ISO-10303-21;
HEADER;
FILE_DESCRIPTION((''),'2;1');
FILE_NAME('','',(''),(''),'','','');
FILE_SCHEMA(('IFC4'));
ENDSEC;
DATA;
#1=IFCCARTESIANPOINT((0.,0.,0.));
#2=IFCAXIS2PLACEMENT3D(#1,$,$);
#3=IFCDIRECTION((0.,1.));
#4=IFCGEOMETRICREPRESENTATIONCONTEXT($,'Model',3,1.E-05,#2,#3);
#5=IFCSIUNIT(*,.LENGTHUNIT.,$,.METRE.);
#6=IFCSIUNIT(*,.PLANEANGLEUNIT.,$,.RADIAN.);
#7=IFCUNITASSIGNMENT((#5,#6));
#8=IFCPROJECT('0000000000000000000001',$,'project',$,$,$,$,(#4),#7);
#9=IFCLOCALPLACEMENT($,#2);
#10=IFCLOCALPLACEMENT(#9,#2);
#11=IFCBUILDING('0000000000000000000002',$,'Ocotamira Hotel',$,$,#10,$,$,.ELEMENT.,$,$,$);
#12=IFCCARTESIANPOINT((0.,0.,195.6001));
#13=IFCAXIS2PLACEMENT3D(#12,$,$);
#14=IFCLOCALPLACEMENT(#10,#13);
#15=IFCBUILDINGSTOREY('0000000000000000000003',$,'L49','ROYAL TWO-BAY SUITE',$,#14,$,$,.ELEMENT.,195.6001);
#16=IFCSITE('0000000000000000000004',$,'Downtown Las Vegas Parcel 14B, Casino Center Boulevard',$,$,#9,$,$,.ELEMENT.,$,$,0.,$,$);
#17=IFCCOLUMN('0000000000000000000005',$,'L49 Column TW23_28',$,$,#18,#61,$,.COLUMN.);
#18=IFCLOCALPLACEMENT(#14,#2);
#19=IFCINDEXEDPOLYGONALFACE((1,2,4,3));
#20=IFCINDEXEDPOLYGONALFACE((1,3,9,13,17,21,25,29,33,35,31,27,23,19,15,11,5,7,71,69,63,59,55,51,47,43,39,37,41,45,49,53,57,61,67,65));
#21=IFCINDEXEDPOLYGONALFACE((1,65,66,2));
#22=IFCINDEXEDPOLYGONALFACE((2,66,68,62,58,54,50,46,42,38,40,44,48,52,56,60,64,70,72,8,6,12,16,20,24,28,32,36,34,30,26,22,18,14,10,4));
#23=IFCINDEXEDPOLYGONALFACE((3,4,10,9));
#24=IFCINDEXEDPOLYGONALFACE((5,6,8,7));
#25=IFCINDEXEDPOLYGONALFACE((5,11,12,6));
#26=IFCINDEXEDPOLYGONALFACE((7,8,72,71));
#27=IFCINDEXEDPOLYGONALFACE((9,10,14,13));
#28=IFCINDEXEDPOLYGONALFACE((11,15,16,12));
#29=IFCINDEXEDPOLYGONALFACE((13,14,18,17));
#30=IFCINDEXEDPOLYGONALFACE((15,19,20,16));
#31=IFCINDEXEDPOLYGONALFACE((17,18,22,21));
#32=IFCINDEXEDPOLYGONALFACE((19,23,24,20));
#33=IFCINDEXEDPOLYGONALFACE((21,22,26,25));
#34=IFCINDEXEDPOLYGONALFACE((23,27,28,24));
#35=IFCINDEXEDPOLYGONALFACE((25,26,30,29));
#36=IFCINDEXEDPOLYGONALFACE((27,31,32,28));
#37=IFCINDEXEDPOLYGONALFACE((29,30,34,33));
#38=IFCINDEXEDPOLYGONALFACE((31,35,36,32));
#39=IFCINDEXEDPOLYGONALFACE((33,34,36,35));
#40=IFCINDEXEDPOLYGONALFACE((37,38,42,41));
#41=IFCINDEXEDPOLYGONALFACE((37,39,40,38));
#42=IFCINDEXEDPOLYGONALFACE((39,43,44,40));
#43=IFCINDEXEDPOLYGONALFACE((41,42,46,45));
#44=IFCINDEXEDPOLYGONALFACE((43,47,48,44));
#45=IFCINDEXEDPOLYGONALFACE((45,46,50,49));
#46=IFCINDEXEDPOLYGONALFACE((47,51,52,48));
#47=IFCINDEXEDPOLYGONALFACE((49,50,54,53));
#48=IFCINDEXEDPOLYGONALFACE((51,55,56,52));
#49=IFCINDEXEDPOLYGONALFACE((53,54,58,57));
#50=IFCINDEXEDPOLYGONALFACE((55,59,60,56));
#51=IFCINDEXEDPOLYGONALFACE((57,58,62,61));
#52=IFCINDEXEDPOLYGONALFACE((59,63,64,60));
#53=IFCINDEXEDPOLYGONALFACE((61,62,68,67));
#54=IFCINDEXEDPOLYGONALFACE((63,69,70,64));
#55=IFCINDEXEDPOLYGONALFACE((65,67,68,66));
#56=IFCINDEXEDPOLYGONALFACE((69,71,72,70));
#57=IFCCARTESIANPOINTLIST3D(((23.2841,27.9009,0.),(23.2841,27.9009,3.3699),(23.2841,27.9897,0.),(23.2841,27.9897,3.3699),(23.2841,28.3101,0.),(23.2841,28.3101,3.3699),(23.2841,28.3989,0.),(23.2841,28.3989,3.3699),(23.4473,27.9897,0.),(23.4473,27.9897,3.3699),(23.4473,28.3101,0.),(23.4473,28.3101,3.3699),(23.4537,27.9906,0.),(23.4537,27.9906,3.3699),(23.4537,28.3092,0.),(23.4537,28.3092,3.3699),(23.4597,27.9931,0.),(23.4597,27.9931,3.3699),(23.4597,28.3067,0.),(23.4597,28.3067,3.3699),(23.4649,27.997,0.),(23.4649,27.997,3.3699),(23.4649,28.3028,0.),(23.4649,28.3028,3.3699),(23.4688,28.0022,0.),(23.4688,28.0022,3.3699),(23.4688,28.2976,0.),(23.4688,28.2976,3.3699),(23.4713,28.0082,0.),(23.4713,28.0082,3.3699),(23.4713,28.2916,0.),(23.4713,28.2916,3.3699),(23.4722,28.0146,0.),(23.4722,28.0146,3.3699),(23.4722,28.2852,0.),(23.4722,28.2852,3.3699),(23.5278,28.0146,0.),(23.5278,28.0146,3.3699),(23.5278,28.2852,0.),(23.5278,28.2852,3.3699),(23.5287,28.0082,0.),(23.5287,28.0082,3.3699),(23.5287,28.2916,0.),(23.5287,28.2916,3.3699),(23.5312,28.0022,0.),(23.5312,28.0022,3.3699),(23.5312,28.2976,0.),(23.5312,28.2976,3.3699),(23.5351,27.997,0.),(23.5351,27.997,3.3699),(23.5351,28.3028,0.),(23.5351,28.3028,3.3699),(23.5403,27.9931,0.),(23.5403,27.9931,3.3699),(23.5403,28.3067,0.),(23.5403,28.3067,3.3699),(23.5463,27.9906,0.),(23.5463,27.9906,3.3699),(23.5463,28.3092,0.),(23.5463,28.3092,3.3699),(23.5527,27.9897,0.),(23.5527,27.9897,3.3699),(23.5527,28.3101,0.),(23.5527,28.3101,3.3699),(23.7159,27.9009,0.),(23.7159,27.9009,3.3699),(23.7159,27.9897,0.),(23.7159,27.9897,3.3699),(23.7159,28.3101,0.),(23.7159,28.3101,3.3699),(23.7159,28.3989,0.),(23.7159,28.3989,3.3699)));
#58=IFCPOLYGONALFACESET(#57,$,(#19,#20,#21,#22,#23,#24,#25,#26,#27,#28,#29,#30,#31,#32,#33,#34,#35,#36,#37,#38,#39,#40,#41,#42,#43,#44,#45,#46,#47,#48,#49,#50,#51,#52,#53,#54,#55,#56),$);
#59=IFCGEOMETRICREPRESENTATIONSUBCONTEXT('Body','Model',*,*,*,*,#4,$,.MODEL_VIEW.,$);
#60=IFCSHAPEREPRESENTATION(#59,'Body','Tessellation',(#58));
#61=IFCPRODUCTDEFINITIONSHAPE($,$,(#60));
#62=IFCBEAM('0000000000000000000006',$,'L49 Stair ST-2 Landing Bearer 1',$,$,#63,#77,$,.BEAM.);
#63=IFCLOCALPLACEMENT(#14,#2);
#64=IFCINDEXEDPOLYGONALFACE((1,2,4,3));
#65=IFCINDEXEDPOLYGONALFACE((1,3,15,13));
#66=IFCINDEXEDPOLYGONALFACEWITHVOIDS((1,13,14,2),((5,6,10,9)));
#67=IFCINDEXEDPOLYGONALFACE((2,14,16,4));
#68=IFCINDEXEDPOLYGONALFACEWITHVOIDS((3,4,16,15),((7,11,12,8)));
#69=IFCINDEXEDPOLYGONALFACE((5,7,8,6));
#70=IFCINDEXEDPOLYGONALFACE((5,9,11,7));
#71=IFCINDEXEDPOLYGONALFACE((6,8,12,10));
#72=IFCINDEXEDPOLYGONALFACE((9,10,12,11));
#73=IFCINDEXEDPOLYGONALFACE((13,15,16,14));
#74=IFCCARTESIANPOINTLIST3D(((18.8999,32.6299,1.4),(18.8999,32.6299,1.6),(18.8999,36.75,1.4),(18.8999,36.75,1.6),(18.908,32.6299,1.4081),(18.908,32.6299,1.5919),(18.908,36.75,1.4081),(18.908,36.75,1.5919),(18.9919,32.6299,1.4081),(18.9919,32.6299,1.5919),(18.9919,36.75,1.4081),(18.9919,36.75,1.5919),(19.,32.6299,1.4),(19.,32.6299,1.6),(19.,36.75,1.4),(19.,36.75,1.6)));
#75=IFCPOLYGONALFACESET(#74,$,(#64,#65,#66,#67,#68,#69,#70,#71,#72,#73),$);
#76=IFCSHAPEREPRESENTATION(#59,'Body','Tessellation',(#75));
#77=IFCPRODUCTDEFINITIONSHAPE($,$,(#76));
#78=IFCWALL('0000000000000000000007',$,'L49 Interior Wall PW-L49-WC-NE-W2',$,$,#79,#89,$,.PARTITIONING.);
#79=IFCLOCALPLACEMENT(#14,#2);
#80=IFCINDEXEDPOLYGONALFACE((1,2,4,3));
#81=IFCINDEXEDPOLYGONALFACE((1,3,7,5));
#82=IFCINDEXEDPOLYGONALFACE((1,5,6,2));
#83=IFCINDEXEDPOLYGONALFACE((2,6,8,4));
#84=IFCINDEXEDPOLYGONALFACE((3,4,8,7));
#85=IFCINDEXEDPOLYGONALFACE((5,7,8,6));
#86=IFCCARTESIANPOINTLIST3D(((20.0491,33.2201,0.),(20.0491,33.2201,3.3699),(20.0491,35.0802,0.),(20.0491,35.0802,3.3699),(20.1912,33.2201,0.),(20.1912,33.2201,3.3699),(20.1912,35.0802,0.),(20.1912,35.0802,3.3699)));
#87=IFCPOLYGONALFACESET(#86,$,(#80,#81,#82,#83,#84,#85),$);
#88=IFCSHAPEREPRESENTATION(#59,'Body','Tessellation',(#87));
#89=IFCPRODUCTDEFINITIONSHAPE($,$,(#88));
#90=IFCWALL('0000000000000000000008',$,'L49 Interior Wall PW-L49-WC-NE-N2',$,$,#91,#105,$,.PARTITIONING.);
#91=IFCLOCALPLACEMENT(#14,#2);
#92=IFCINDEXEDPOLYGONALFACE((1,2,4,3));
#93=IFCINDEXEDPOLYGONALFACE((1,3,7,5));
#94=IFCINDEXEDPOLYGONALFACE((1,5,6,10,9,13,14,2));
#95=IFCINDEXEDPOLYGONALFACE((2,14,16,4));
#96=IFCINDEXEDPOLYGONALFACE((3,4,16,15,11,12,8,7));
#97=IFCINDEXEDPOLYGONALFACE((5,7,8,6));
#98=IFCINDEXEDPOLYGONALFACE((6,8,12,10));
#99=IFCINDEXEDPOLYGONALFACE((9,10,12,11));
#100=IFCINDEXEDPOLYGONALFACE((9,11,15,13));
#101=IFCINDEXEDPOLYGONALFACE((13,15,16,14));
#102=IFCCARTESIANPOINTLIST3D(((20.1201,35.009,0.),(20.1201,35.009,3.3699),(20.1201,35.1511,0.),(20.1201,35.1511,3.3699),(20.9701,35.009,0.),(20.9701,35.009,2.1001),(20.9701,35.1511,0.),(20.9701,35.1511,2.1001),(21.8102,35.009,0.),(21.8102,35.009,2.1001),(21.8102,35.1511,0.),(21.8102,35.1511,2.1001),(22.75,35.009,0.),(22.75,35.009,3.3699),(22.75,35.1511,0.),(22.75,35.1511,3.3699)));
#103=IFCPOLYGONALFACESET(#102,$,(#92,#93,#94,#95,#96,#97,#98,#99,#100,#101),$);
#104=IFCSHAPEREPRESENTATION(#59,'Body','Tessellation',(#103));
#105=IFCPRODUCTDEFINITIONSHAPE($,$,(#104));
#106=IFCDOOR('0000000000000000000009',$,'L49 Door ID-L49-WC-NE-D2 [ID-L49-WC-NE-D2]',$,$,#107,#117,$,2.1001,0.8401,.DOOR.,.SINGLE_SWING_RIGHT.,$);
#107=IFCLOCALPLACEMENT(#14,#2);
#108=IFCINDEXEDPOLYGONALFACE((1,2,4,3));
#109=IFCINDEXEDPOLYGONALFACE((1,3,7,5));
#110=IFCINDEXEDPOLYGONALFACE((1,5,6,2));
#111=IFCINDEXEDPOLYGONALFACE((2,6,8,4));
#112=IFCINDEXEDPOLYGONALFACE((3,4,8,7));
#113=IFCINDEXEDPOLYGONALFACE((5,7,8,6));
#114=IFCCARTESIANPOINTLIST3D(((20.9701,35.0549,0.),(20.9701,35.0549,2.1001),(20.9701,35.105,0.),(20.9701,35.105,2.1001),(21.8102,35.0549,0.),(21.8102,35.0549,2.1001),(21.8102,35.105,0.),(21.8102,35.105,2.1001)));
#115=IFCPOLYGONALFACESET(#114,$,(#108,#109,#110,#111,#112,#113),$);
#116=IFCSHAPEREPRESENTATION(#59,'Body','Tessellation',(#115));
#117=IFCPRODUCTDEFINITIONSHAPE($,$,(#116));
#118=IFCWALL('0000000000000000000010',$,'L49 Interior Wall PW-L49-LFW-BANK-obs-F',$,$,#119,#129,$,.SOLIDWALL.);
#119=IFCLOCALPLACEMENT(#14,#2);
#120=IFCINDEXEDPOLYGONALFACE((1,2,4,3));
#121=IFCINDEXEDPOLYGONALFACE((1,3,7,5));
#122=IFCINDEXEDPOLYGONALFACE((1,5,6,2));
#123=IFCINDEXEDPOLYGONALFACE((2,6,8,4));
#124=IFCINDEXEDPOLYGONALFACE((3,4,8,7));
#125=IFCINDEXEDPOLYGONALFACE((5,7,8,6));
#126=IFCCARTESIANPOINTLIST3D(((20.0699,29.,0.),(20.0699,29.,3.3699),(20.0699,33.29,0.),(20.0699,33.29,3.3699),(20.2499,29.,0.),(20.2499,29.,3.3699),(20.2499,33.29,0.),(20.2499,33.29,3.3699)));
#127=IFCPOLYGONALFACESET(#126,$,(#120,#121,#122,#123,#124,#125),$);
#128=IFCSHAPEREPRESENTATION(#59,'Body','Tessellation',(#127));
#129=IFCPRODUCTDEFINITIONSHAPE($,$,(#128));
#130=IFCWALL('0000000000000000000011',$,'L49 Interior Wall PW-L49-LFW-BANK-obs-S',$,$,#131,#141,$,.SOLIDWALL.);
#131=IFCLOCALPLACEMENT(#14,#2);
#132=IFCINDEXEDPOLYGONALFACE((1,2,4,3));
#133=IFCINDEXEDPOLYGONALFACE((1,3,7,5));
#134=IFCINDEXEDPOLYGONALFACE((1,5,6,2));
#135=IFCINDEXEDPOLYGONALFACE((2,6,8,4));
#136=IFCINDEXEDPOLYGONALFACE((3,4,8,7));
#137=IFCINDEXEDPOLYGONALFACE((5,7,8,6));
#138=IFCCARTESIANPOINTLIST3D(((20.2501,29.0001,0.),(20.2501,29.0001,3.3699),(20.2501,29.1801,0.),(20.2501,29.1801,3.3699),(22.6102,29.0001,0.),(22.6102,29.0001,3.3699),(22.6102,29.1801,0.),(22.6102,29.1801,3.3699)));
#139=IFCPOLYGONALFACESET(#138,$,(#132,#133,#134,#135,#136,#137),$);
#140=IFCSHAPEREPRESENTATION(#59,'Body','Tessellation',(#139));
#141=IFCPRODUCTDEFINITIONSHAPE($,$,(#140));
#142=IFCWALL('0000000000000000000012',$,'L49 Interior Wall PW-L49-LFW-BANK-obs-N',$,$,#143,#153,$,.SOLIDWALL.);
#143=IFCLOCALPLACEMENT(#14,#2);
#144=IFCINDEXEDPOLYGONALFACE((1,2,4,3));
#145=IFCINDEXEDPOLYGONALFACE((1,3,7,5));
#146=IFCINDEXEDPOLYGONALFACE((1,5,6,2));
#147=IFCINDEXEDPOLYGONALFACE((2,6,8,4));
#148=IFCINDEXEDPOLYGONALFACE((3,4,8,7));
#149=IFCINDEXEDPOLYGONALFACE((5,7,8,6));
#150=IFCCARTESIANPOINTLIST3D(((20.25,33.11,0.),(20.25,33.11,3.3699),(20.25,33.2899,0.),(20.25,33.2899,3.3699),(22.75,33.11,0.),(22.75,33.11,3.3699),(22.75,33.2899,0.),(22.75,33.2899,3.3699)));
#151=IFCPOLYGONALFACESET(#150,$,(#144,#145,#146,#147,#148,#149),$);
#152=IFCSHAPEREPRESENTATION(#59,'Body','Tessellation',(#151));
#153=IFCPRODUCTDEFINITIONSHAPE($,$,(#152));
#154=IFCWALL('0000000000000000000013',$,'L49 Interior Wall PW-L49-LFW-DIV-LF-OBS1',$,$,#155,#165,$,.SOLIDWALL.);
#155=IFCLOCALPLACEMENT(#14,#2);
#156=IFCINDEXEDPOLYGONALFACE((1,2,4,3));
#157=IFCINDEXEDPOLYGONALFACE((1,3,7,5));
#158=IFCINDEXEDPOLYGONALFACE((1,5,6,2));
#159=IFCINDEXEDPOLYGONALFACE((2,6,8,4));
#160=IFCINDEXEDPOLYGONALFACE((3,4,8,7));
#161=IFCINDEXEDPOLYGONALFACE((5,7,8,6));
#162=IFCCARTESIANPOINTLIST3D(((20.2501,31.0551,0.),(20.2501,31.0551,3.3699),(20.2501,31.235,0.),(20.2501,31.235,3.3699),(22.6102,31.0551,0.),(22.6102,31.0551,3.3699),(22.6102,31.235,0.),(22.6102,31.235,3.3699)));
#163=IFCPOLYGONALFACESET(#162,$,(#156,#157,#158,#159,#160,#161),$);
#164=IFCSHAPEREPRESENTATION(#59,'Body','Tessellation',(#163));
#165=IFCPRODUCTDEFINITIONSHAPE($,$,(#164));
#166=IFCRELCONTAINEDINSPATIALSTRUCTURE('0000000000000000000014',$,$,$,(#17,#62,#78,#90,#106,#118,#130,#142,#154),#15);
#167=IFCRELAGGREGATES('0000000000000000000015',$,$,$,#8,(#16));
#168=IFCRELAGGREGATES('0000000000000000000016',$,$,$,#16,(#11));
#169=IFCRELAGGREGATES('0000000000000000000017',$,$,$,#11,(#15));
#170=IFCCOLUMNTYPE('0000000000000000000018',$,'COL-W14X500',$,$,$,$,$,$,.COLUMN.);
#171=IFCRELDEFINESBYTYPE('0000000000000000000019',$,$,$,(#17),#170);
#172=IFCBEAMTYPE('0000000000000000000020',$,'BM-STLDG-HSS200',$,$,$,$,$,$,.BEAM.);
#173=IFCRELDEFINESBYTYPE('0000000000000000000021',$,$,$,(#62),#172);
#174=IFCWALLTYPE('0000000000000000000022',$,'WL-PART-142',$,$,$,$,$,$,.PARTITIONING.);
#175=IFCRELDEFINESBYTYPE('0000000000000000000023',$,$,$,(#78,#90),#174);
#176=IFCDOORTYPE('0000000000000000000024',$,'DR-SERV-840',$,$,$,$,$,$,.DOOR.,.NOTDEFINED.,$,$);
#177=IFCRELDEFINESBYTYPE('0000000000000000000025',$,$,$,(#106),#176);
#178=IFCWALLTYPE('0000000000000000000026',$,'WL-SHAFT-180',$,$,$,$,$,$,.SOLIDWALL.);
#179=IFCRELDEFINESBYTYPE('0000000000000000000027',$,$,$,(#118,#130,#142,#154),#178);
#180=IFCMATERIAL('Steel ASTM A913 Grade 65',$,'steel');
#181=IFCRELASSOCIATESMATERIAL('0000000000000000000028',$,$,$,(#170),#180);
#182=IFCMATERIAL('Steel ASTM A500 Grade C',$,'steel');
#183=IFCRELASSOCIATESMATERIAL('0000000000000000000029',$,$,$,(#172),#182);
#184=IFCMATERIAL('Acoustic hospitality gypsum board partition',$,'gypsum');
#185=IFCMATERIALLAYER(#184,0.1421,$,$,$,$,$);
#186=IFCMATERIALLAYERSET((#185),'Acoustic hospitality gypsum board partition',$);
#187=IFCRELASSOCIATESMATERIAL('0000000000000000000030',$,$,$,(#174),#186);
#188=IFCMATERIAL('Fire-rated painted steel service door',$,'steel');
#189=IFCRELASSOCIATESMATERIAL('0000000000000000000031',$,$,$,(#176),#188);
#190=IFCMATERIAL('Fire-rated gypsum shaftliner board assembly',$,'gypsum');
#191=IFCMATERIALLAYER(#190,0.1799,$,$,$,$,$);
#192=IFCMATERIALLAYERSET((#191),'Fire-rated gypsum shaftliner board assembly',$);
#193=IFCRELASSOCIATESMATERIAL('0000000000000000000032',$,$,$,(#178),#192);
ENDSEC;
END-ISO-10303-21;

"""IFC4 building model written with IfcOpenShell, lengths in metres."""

from ifc_helpers import new_model, si_unit, direction, frame, frame_2d, origin, origin_2d, place, context, subcontext, project, spatial, rectangle, hollow_rectangle, i_section, extrude, source, transform, mapped, material, layer, layer_set, material_profile, profile_set, type_object, element, fill, save


model = new_model("IFC4")

# Units and contexts
model_context = context("Model", 3, precision=1e-05, world=origin(), true_north=direction((0.0, 1.0)))
body_context = subcontext(model_context, "Body", "Model", "MODEL_VIEW")
ifc_project = project(units=[si_unit("LENGTHUNIT", "METRE"), si_unit("PLANEANGLEUNIT", "RADIAN")], contexts=[model_context])

# Site, building, storey
site_placement = place(None, origin())
site = spatial("IfcSite", under=ifc_project, at=site_placement, Name="Downtown Las Vegas Parcel 14B, Casino Center Boulevard", CompositionType="ELEMENT", RefElevation=0.0)
building_placement = place(site_placement, origin())
building = spatial("IfcBuilding", under=site, at=building_placement, Name="Ocotamira Hotel", CompositionType="ELEMENT")
storey_placement = place(building_placement, frame((0.0, 0.0, 195.6001)))
storey = spatial("IfcBuildingStorey", under=building, at=storey_placement, Name="L49", Description="ROYAL TWO-BAY SUITE", CompositionType="ELEMENT", Elevation=195.6001)

# Column
ifc_material_1 = material(Name="Steel ASTM A913 Grade 65", Category="steel")
ifc_material_profile_1 = material_profile(ifc_material_1, i_section(OverallWidth=0.4319, OverallDepth=0.498, WebThickness=0.0557, FlangeThickness=0.0889, FilletRadius=0.0249, at=origin_2d()), Name="W14X500")
ifc_profile_set_1 = profile_set([ifc_material_profile_1], Name="Steel ASTM A913 Grade 65")
column_type = type_object("IfcColumnType", Name="COL-W14X500", PredefinedType="COLUMN", material=ifc_profile_set_1)
shared_shape_1 = source(origin(), body_context, "Body", "SweptSolid", [
    extrude(i_section(OverallWidth=0.4319, OverallDepth=0.498, WebThickness=0.0557, FlangeThickness=0.0889, FilletRadius=0.0249, at=origin_2d()), origin(), (0.0, 0.0, 1.0), 3.3699),
])
column_placement = place(storey_placement, frame((23.5, 28.1499, 0.0), z_axis=(0.0, 0.0, 1.0), x_axis=(1.0, 0.0, 0.0)))
element("IfcColumn", 1, at=column_placement, inside=storey, type_object=column_type, Name="L49 Column TW23_28", PredefinedType="COLUMN", context=body_context, shape_type="MappedRepresentation", body=[
    mapped(shared_shape_1, transform((0.0, 0.0, 0.0), scale=1.0)),
])

# Beam
ifc_material_2 = material(Name="Steel ASTM A500 Grade C", Category="steel")
ifc_material_profile_2 = material_profile(ifc_material_2, hollow_rectangle(XDim=0.1001, YDim=0.2, WallThickness=0.0081, at=origin_2d()), Name="HSS200X100X8")
ifc_profile_set_2 = profile_set([ifc_material_profile_2], Name="Steel ASTM A500 Grade C")
beam_type = type_object("IfcBeamType", Name="BM-STLDG-HSS200", PredefinedType="BEAM", material=ifc_profile_set_2)
shared_shape_2 = source(origin(), body_context, "Body", "SweptSolid", [
    extrude(hollow_rectangle(XDim=0.1001, YDim=0.2, WallThickness=0.0081, at=origin_2d()), origin(), (0.0, 0.0, 1.0), 4.1201),
])
beam_placement = place(storey_placement, frame((18.95, 32.6299, 1.5), z_axis=(0.0, 1.0, 0.0), x_axis=(-1.0, 0.0, 0.0)))
element("IfcBeam", 2, at=beam_placement, inside=storey, type_object=beam_type, Name="L49 Stair ST-2 Landing Bearer 1", PredefinedType="BEAM", context=body_context, shape_type="MappedRepresentation", body=[
    mapped(shared_shape_2, transform((0.0, 0.0, 0.0), scale=1.0)),
])

# Wall
ifc_material_3 = material(Name="Acoustic hospitality gypsum board partition", Category="gypsum")
ifc_layer_1 = layer(ifc_material_3, 0.1421)
ifc_layer_set_1 = layer_set([ifc_layer_1], Name="Acoustic hospitality gypsum board partition")
wall_type_1 = type_object("IfcWallType", Name="WL-PART-142", PredefinedType="PARTITIONING", material=ifc_layer_set_1)
wall_1_placement = place(storey_placement, frame((20.1201, 33.22, 0.0), z_axis=(0.0, 0.0, 1.0), x_axis=(0.0, 1.0, 0.0)))
element("IfcWall", 3, at=wall_1_placement, inside=storey, type_object=wall_type_1, Name="L49 Interior Wall PW-L49-WC-NE-W2", PredefinedType="PARTITIONING", context=body_context, shape_type="SweptSolid", body=[
    extrude(rectangle(XDim=1.8601, YDim=0.1421, at=frame_2d((0.9302, 0.0))), origin(), (0.0, 0.0, 1.0), 3.3699),
])

# Wall, opening, door
wall_2_placement = place(storey_placement, frame((20.1201, 35.0801, 0.0), z_axis=(0.0, 0.0, 1.0), x_axis=(1.0, 0.0, 0.0)))
wall_2 = element("IfcWall", 4, at=wall_2_placement, inside=storey, type_object=wall_type_1, Name="L49 Interior Wall PW-L49-WC-NE-N2", PredefinedType="PARTITIONING", context=body_context, shape_type="SweptSolid", body=[
    extrude(rectangle(XDim=2.6299, YDim=0.1421, at=frame_2d((1.3149, 0.0))), origin(), (0.0, 0.0, 1.0), 3.3699),
])
opening_1_placement = place(wall_2_placement, frame((0.8501, 0.0, 0.0)))
opening_1 = element("IfcOpeningElement", 5, at=opening_1_placement, cuts=wall_2, PredefinedType="OPENING", context=body_context, shape_type="SweptSolid", body=[
    extrude(rectangle(XDim=0.8401, YDim=2.1001, at=frame_2d((0.4199, 1.05))), frame((0.0, 0.0811, 0.0), z_axis=(0.0, -1.0, 0.0), x_axis=(1.0, 0.0, 0.0)), (0.0, 0.0, 1.0), 0.1621),
])
ifc_material_4 = material(Name="Fire-rated painted steel service door", Category="steel")
door_type_1 = type_object("IfcDoorType", Name="DR-SERV-840", OperationType="NOTDEFINED", PredefinedType="DOOR", material=ifc_material_4)
shared_shape_3 = source(origin(), body_context, "Body", "SweptSolid", [
    extrude(rectangle(XDim=0.8401, YDim=2.1001, at=frame_2d((0.4199, 1.05))), frame((0.0, 0.0249, 0.0), z_axis=(0.0, -1.0, 0.0), x_axis=(1.0, 0.0, 0.0)), (0.0, 0.0, 1.0), 0.05),
])
door_1_placement = place(opening_1_placement, origin())
door_1 = element("IfcDoor", 6, at=door_1_placement, inside=storey, type_object=door_type_1, Name="L49 Door ID-L49-WC-NE-D2 [ID-L49-WC-NE-D2]", OperationType="SINGLE_SWING_RIGHT", OverallHeight=2.1001, OverallWidth=0.8401, PredefinedType="DOOR", context=body_context, shape_type="MappedRepresentation", body=[
    mapped(shared_shape_3, transform((0.0, 0.0, 0.0), scale=1.0)),
])
fill(opening_1, door_1)

# Walls
ifc_material_5 = material(Name="Fire-rated gypsum shaftliner board assembly", Category="gypsum")
ifc_layer_2 = layer(ifc_material_5, 0.1799)
ifc_layer_set_2 = layer_set([ifc_layer_2], Name="Fire-rated gypsum shaftliner board assembly")
wall_type_2 = type_object("IfcWallType", Name="WL-SHAFT-180", PredefinedType="SOLIDWALL", material=ifc_layer_set_2)
wall_3_placement = place(storey_placement, frame((20.1599, 29.0, 0.0), z_axis=(0.0, 0.0, 1.0), x_axis=(0.0, 1.0, 0.0)))
element("IfcWall", 7, at=wall_3_placement, inside=storey, type_object=wall_type_2, Name="L49 Interior Wall PW-L49-LFW-BANK-obs-F", PredefinedType="SOLIDWALL", context=body_context, shape_type="SweptSolid", body=[
    extrude(rectangle(XDim=4.29, YDim=0.1799, at=frame_2d((2.145, 0.0))), origin(), (0.0, 0.0, 1.0), 3.3699),
])
wall_4_placement = place(storey_placement, frame((20.25, 29.0901, 0.0), z_axis=(0.0, 0.0, 1.0), x_axis=(1.0, 0.0, 0.0)))
element("IfcWall", 8, at=wall_4_placement, inside=storey, type_object=wall_type_2, Name="L49 Interior Wall PW-L49-LFW-BANK-obs-S", PredefinedType="SOLIDWALL", context=body_context, shape_type="SweptSolid", body=[
    extrude(rectangle(XDim=2.3601, YDim=0.1799, at=frame_2d((1.1802, 0.0))), origin(), (0.0, 0.0, 1.0), 3.3699),
])
wall_5_placement = place(storey_placement, frame((20.25, 33.2, 0.0), z_axis=(0.0, 0.0, 1.0), x_axis=(1.0, 0.0, 0.0)))
element("IfcWall", 9, at=wall_5_placement, inside=storey, type_object=wall_type_2, Name="L49 Interior Wall PW-L49-LFW-BANK-obs-N", PredefinedType="SOLIDWALL", context=body_context, shape_type="SweptSolid", body=[
    extrude(rectangle(XDim=2.5, YDim=0.1799, at=frame_2d((1.25, 0.0))), origin(), (0.0, 0.0, 1.0), 3.3699),
])
wall_6_placement = place(storey_placement, frame((20.25, 31.145, 0.0), z_axis=(0.0, 0.0, 1.0), x_axis=(1.0, 0.0, 0.0)))
element("IfcWall", 10, at=wall_6_placement, inside=storey, type_object=wall_type_2, Name="L49 Interior Wall PW-L49-LFW-DIV-LF-OBS1", PredefinedType="SOLIDWALL", context=body_context, shape_type="SweptSolid", body=[
    extrude(rectangle(XDim=2.3601, YDim=0.1799, at=frame_2d((1.1802, 0.0))), origin(), (0.0, 0.0, 1.0), 3.3699),
])

save(model, "model.ifc")
